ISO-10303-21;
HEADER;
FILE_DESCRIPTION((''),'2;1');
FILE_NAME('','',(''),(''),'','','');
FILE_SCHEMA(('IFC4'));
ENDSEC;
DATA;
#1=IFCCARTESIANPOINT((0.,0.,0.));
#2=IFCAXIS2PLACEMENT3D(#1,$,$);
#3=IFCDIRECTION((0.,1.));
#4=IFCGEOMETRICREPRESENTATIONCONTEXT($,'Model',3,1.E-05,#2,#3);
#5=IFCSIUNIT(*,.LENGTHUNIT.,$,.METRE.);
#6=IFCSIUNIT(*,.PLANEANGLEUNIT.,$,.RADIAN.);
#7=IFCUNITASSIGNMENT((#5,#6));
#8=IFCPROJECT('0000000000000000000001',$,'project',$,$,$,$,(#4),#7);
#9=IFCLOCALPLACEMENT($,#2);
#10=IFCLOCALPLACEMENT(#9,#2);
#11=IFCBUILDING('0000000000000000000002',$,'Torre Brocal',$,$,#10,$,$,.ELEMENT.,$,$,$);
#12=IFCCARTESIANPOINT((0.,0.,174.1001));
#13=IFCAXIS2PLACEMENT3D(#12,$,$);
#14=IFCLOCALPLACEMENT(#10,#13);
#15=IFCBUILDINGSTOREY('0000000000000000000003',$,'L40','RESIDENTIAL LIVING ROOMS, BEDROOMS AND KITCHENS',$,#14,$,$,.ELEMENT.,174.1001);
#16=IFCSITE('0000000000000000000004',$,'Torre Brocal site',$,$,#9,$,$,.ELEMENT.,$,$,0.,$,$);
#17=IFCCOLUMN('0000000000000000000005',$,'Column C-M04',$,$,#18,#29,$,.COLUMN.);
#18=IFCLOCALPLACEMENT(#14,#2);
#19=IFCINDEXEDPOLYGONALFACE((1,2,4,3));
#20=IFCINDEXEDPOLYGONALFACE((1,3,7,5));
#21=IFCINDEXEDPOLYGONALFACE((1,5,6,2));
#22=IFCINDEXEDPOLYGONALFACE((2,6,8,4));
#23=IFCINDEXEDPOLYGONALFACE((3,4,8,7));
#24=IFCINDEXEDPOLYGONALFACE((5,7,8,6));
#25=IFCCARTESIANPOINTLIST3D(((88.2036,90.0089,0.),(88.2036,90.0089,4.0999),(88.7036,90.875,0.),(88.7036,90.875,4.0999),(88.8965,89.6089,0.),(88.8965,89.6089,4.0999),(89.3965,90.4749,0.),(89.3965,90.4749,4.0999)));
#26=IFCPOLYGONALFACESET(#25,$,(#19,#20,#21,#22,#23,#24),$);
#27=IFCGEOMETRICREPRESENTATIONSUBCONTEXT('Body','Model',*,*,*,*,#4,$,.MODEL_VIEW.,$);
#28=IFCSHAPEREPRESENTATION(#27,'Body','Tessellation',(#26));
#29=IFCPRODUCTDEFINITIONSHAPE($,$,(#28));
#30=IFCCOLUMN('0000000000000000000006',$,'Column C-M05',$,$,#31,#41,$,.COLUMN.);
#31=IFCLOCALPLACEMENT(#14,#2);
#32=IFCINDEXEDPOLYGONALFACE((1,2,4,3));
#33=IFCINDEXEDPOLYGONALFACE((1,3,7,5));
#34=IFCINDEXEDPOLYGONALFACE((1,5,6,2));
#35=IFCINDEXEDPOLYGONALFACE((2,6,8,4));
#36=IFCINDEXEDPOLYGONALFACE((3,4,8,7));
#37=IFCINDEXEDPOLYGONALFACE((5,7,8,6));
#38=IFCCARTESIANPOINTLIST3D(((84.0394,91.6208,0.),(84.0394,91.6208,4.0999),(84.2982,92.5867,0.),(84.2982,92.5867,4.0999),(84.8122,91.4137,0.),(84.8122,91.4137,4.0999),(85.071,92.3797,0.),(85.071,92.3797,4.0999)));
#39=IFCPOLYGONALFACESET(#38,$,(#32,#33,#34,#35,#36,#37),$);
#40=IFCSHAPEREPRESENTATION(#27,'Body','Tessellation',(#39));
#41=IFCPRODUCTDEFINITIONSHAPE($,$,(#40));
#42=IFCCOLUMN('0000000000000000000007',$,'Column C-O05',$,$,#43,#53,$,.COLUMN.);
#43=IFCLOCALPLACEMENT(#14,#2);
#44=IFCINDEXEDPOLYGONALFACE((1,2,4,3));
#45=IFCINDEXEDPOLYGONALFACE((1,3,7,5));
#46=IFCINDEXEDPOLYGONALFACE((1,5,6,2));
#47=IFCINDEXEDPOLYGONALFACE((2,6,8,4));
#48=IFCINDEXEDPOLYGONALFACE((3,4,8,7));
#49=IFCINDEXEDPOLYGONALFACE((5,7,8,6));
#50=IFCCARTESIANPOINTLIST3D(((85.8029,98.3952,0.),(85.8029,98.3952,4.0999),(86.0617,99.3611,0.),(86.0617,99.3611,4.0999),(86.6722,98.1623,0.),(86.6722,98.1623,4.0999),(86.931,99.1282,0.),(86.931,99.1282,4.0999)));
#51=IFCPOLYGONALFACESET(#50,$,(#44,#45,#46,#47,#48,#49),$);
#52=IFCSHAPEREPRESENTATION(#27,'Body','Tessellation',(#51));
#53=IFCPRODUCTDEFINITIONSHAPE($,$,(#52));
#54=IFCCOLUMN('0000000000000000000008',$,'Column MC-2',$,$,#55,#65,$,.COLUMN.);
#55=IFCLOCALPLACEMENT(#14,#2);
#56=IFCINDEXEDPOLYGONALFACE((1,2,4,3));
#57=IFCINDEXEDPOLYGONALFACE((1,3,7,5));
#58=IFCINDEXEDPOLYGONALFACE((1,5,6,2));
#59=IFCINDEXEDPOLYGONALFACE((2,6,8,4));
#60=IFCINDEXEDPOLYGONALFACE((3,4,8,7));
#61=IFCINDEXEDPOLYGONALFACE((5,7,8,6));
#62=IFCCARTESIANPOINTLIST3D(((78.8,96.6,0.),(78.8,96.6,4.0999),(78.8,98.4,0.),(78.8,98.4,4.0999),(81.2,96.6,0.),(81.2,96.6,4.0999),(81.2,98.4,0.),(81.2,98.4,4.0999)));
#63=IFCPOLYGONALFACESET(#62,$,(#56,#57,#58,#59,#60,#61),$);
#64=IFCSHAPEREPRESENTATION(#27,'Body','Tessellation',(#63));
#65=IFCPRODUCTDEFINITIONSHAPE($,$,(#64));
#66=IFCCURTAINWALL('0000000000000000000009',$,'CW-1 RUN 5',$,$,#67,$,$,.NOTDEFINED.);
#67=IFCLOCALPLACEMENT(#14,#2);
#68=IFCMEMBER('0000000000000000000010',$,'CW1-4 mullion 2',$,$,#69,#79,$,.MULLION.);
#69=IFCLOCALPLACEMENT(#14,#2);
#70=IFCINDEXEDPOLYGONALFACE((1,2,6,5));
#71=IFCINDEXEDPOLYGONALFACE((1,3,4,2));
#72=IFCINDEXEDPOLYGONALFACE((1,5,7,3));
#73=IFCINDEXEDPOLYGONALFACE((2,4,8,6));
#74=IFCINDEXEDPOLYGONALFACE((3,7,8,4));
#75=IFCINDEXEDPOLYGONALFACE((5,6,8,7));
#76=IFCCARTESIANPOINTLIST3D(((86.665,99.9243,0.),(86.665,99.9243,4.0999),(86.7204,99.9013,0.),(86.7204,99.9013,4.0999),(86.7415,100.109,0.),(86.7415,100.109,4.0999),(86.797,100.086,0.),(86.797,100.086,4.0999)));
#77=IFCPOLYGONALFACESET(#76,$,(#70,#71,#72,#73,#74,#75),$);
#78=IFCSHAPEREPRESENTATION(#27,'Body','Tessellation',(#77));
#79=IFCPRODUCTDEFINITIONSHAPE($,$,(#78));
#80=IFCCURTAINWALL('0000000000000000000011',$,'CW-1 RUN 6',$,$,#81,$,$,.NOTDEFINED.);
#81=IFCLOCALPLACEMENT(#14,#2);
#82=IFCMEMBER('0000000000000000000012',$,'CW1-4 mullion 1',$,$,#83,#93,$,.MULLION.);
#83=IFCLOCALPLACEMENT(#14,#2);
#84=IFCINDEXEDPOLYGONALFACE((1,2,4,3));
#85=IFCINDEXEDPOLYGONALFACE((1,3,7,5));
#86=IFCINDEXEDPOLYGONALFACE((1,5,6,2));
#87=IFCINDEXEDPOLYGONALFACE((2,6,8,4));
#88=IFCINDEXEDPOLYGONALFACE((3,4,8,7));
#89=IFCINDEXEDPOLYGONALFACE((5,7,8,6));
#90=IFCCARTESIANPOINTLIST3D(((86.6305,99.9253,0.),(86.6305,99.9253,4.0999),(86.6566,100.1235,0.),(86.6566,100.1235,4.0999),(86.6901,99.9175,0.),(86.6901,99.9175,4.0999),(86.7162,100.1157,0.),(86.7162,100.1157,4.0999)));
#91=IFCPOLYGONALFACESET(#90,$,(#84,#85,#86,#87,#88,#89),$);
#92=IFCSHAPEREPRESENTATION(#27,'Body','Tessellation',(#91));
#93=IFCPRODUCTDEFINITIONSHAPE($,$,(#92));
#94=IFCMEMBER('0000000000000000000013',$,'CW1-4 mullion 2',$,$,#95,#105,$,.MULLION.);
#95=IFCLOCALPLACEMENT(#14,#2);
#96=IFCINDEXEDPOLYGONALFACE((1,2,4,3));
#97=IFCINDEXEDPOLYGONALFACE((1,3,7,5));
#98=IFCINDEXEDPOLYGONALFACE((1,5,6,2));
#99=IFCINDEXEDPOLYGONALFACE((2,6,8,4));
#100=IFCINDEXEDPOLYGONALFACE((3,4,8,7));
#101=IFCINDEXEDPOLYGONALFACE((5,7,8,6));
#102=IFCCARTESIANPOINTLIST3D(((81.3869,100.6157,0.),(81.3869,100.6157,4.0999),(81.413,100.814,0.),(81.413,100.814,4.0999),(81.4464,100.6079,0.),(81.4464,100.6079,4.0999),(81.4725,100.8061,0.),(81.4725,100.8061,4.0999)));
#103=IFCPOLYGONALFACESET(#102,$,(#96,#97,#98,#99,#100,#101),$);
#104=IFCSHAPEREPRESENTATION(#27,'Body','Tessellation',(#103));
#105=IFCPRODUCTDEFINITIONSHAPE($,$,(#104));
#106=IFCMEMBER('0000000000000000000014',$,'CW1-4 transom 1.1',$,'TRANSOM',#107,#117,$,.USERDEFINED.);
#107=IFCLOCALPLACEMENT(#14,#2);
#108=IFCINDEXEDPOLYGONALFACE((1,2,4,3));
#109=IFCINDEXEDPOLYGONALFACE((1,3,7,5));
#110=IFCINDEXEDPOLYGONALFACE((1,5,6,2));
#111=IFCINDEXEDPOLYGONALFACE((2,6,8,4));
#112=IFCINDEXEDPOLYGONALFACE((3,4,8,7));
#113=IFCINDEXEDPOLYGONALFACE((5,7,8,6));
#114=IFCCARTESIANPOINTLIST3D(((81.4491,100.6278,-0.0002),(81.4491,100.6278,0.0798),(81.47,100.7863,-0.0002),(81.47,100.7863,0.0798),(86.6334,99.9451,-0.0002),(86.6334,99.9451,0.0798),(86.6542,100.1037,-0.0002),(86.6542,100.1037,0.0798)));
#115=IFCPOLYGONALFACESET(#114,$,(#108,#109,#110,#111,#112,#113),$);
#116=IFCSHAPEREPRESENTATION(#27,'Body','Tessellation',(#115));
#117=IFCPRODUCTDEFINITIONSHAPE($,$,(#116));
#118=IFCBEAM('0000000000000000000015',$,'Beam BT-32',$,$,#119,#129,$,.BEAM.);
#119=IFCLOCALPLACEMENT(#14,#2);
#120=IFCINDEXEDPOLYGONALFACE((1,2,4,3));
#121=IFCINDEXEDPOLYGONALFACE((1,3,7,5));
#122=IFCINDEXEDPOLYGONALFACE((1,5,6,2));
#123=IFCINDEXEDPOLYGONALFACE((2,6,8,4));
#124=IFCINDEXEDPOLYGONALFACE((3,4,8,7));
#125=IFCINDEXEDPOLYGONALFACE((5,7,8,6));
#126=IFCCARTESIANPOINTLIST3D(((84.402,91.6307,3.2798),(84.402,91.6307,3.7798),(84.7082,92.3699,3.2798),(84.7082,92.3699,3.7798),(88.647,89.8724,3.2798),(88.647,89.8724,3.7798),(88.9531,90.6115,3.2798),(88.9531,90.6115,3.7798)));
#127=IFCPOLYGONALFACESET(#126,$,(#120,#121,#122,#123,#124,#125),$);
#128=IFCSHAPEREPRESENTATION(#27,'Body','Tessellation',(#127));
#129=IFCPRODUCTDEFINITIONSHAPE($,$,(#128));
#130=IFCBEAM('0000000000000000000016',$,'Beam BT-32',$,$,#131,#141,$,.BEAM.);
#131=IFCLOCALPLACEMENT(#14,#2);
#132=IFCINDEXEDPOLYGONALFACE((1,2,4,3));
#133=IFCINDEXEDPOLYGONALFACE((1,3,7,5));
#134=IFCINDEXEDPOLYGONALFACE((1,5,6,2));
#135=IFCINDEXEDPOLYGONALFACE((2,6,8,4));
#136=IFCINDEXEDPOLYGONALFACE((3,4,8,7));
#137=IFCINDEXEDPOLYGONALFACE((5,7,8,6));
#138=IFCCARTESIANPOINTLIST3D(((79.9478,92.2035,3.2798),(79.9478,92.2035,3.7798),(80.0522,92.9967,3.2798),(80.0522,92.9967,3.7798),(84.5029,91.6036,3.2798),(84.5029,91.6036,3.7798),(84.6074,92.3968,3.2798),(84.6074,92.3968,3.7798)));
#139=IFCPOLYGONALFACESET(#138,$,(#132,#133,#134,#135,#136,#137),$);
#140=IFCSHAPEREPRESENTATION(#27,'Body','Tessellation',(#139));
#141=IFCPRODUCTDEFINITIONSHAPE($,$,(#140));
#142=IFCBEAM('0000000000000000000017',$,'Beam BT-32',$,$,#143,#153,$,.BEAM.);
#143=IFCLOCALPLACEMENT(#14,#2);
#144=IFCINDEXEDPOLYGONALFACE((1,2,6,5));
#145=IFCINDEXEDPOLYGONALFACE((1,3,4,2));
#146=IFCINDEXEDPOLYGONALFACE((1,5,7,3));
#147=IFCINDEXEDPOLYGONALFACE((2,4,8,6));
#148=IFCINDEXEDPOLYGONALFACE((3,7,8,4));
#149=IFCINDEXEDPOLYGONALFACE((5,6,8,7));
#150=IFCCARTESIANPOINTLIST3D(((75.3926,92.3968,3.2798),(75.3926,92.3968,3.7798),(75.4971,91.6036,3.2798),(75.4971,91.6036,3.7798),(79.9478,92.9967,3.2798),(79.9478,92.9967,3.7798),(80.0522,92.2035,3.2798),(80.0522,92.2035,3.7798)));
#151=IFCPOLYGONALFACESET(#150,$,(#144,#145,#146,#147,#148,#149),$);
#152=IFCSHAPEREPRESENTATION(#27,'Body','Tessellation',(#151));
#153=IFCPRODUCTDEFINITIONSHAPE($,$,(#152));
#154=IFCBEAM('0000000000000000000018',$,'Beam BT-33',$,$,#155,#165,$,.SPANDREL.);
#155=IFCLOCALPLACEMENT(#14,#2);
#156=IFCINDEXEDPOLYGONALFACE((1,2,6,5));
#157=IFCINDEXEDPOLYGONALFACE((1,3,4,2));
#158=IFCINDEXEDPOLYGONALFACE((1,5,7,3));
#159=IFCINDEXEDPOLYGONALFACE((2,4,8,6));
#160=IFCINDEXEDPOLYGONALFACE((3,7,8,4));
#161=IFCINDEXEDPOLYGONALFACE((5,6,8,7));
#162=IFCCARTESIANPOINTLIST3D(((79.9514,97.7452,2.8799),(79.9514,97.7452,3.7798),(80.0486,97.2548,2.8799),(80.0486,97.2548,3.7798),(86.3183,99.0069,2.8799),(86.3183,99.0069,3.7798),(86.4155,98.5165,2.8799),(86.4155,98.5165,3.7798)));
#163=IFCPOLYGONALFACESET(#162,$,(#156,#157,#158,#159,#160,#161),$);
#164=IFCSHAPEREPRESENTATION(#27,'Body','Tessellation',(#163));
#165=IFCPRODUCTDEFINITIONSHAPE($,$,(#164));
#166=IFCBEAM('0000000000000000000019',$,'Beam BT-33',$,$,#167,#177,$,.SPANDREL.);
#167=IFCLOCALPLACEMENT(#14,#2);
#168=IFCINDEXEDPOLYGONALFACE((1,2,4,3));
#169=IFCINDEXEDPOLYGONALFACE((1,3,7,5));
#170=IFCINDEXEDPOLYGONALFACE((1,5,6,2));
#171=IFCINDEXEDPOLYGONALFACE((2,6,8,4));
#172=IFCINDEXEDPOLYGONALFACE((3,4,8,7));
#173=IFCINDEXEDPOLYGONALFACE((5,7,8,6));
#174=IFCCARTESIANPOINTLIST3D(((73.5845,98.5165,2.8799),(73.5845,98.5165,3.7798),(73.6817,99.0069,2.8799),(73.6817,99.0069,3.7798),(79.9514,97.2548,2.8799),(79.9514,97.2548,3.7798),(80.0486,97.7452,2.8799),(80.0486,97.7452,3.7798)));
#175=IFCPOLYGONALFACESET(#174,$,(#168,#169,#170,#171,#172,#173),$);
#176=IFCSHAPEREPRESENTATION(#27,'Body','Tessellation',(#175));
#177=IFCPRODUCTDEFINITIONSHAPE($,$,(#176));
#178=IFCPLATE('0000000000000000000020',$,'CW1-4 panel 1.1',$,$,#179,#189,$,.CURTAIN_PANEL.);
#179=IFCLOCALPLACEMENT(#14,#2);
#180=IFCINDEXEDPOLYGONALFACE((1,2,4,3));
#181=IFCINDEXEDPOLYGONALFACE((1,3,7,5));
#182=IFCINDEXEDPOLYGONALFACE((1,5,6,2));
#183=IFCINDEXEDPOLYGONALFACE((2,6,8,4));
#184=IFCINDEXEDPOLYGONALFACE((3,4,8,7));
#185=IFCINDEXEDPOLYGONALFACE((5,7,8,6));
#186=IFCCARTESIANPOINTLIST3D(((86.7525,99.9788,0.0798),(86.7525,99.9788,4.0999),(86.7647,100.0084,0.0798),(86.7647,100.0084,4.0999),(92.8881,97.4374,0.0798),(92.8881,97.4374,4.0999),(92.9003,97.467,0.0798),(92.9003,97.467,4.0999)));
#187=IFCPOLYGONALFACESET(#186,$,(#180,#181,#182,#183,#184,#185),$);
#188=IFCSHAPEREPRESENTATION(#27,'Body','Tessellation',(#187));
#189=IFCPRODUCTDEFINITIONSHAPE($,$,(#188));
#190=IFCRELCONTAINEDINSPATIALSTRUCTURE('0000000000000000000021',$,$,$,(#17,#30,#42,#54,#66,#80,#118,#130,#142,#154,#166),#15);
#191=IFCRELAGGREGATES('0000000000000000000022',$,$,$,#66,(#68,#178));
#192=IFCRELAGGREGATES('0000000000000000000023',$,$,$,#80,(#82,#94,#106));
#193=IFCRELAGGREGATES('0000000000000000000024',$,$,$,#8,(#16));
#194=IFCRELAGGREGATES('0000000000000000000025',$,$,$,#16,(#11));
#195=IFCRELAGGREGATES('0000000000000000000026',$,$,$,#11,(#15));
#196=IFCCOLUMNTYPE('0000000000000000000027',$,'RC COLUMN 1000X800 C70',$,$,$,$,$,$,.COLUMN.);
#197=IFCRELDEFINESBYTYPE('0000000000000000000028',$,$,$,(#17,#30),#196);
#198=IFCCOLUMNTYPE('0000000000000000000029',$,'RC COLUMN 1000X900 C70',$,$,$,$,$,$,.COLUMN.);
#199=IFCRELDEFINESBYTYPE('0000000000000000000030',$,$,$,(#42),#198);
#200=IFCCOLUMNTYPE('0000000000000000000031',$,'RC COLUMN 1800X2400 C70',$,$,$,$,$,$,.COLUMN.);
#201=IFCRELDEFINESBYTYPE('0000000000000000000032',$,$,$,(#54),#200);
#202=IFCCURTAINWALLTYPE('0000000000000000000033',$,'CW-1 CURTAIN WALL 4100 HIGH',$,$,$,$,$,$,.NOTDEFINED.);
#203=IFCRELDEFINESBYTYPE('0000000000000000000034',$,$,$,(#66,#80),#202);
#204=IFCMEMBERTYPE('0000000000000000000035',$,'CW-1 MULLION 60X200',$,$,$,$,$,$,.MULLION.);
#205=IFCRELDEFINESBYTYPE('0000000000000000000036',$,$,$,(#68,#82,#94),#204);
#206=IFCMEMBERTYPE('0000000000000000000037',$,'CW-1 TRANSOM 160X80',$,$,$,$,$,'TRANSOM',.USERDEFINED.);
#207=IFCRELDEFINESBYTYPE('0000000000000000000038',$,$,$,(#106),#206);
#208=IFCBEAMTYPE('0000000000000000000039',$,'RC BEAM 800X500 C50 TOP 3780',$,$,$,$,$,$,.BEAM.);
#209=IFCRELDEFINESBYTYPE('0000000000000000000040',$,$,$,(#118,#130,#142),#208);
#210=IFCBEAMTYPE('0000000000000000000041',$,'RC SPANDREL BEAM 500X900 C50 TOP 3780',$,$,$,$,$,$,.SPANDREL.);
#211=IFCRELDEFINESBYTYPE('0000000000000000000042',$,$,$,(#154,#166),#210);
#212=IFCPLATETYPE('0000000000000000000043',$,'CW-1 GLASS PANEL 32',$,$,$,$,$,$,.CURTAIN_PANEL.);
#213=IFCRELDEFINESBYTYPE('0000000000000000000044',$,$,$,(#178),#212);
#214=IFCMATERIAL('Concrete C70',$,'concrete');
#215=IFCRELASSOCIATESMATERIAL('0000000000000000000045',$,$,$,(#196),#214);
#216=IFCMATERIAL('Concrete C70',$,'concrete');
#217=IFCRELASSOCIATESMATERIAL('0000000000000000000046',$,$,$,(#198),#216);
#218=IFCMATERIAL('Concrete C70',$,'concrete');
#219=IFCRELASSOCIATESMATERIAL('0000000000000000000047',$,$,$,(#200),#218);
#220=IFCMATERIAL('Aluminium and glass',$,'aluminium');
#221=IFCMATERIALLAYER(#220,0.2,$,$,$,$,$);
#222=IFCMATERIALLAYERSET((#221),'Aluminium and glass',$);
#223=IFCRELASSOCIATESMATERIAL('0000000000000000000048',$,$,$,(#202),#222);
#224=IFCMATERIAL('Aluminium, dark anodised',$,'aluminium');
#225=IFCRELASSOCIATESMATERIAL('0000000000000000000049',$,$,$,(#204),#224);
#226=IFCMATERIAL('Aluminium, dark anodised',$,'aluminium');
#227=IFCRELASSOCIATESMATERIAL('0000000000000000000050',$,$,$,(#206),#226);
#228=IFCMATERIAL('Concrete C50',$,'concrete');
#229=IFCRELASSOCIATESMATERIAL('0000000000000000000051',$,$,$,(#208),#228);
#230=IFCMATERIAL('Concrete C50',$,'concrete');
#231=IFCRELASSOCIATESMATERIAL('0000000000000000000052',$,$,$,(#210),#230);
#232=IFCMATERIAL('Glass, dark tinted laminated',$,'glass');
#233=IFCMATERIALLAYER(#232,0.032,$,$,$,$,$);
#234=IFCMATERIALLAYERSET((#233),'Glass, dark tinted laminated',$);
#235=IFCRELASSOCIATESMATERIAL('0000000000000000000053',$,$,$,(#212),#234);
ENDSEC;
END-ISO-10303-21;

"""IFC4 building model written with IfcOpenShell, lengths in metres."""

from ifc_helpers import new_model, si_unit, direction, frame, origin, origin_2d, place, context, subcontext, project, spatial, rectangle, extrude, material, layer, layer_set, material_profile, profile_set, type_object, element, aggregate, save


model = new_model("IFC4")

# Units and contexts
model_context = context("Model", 3, precision=1e-05, world=origin(), true_north=direction((0.0, 1.0)))
body_context = subcontext(model_context, "Body", "Model", "MODEL_VIEW")
ifc_project = project(units=[si_unit("LENGTHUNIT", "METRE"), si_unit("PLANEANGLEUNIT", "RADIAN")], contexts=[model_context])

# Site, building, storey
site_placement = place(None, origin())
site = spatial("IfcSite", under=ifc_project, at=site_placement, Name="Torre Brocal site", CompositionType="ELEMENT", RefElevation=0.0)
building_placement = place(site_placement, origin())
building = spatial("IfcBuilding", under=site, at=building_placement, Name="Torre Brocal", CompositionType="ELEMENT")
storey_placement = place(building_placement, frame((0.0, 0.0, 174.1001)))
storey = spatial("IfcBuildingStorey", under=building, at=storey_placement, Name="L40", Description="RESIDENTIAL LIVING ROOMS, BEDROOMS AND KITCHENS", CompositionType="ELEMENT", Elevation=174.1001)

# Columns
ifc_material_1 = material(Name="Concrete C70", Category="concrete")
ifc_material_profile_1 = material_profile(ifc_material_1, rectangle(XDim=1.0, YDim=0.8, at=origin_2d()), Name="RC 1000X800")
ifc_profile_set_1 = profile_set([ifc_material_profile_1], Name="Concrete C70")
column_type_1 = type_object("IfcColumnType", Name="RC COLUMN 1000X800 C70", PredefinedType="COLUMN", material=ifc_profile_set_1)
for number, where, z_axis, x_axis, name in (
    (1, (88.8, 90.2419, 0.0), (0.0, 0.0, 1.0), (0.5, 0.866025, 0.0), "Column C-M04"),
    (2, (84.5552, 92.0002, 0.0), (0.0, 0.0, 1.0), (0.258819, 0.965926, 0.0), "Column C-M05"),
):
    element("IfcColumn", number, at=place(storey_placement, frame(where, z_axis=z_axis, x_axis=x_axis)), inside=storey, type_object=column_type_1, Name=name, PredefinedType="COLUMN", context=body_context, shape_type="SweptSolid", body=[
        extrude(rectangle(XDim=1.0, YDim=0.8, at=origin_2d()), origin(), (0.0, 0.0, 1.0), 4.0999),
    ])
ifc_material_2 = material(Name="Concrete C70", Category="concrete")
ifc_material_profile_2 = material_profile(ifc_material_2, rectangle(XDim=1.0, YDim=0.8999, at=origin_2d()), Name="RC 1000X900")
ifc_profile_set_2 = profile_set([ifc_material_profile_2], Name="Concrete C70")
column_type_2 = type_object("IfcColumnType", Name="RC COLUMN 1000X900 C70", PredefinedType="COLUMN", material=ifc_profile_set_2)
column_1_placement = place(storey_placement, frame((86.3669, 98.7617, 0.0), z_axis=(0.0, 0.0, 1.0), x_axis=(0.258819, 0.965926, 0.0)))
element("IfcColumn", 3, at=column_1_placement, inside=storey, type_object=column_type_2, Name="Column C-O05", PredefinedType="COLUMN", context=body_context, shape_type="SweptSolid", body=[
    extrude(rectangle(XDim=1.0, YDim=0.8999, at=origin_2d()), origin(), (0.0, 0.0, 1.0), 4.0999),
])
ifc_material_3 = material(Name="Concrete C70", Category="concrete")
ifc_material_profile_3 = material_profile(ifc_material_3, rectangle(XDim=1.8, YDim=2.3999, at=origin_2d()), Name="RC 1800X2400")
ifc_profile_set_3 = profile_set([ifc_material_profile_3], Name="Concrete C70")
column_type_3 = type_object("IfcColumnType", Name="RC COLUMN 1800X2400 C70", PredefinedType="COLUMN", material=ifc_profile_set_3)
column_2_placement = place(storey_placement, frame((80.0, 97.5, 0.0), z_axis=(0.0, 0.0, 1.0), x_axis=(0.0, 1.0, 0.0)))
element("IfcColumn", 4, at=column_2_placement, inside=storey, type_object=column_type_3, Name="Column MC-2", PredefinedType="COLUMN", context=body_context, shape_type="SweptSolid", body=[
    extrude(rectangle(XDim=1.8, YDim=2.3999, at=origin_2d()), origin(), (0.0, 0.0, 1.0), 4.0999),
])

# Curtain wall, member
ifc_material_4 = material(Name="Aluminium and glass", Category="aluminium")
ifc_layer_1 = layer(ifc_material_4, 0.2)
ifc_layer_set_1 = layer_set([ifc_layer_1], Name="Aluminium and glass")
curtain_wall_type = type_object("IfcCurtainWallType", Name="CW-1 CURTAIN WALL 4100 HIGH", PredefinedType="NOTDEFINED", material=ifc_layer_set_1)
curtain_wall_1_placement = place(storey_placement, origin())
curtain_wall_1 = element("IfcCurtainWall", 5, at=curtain_wall_1_placement, inside=storey, type_object=curtain_wall_type, Name="CW-1 RUN 5", PredefinedType="NOTDEFINED")
ifc_material_5 = material(Name="Aluminium, dark anodised", Category="aluminium")
ifc_material_profile_4 = material_profile(ifc_material_5, rectangle(XDim=0.2, YDim=0.0601, at=origin_2d()), Name="CW-1 MULLION 60X200")
ifc_profile_set_4 = profile_set([ifc_material_profile_4], Name="Aluminium, dark anodised")
member_type_1 = type_object("IfcMemberType", Name="CW-1 MULLION 60X200", PredefinedType="MULLION", material=ifc_profile_set_4)
member_1_placement = place(storey_placement, frame((86.731, 100.0051, 0.0), z_axis=(0.0, 0.0, 1.0), x_axis=(-0.382683, -0.92388, 0.0)))
member_1 = element("IfcMember", 6, at=member_1_placement, type_object=member_type_1, Name="CW1-4 mullion 2", PredefinedType="MULLION", context=body_context, shape_type="SweptSolid", body=[
    extrude(rectangle(XDim=0.2, YDim=0.0601, at=origin_2d()), origin(), (0.0, 0.0, 1.0), 4.0999),
])

# Curtain wall, members
curtain_wall_2_placement = place(storey_placement, origin())
curtain_wall_2 = element("IfcCurtainWall", 7, at=curtain_wall_2_placement, inside=storey, type_object=curtain_wall_type, Name="CW-1 RUN 6", PredefinedType="NOTDEFINED")
member_2_placement = place(storey_placement, frame((86.6733, 100.0205, 0.0), z_axis=(0.0, 0.0, 1.0), x_axis=(-0.130526, -0.991445, 0.0)))
member_2 = element("IfcMember", 8, at=member_2_placement, type_object=member_type_1, Name="CW1-4 mullion 1", PredefinedType="MULLION", context=body_context, shape_type="SweptSolid", body=[
    extrude(rectangle(XDim=0.2, YDim=0.0601, at=origin_2d()), origin(), (0.0, 0.0, 1.0), 4.0999),
])
member_3_placement = place(storey_placement, frame((81.4297, 100.7109, 0.0), z_axis=(0.0, 0.0, 1.0), x_axis=(-0.130526, -0.991445, 0.0)))
member_3 = element("IfcMember", 9, at=member_3_placement, type_object=member_type_1, Name="CW1-4 mullion 2", PredefinedType="MULLION", context=body_context, shape_type="SweptSolid", body=[
    extrude(rectangle(XDim=0.2, YDim=0.0601, at=origin_2d()), origin(), (0.0, 0.0, 1.0), 4.0999),
])
ifc_material_6 = material(Name="Aluminium, dark anodised", Category="aluminium")
ifc_material_profile_5 = material_profile(ifc_material_6, rectangle(XDim=0.1599, YDim=0.0801, at=origin_2d()), Name="CW-1 TRANSOM 160X80")
ifc_profile_set_5 = profile_set([ifc_material_profile_5], Name="Aluminium, dark anodised")
member_type_2 = type_object("IfcMemberType", Name="CW-1 TRANSOM 160X80", ElementType="TRANSOM", PredefinedType="USERDEFINED", material=ifc_profile_set_5)
member_4_placement = place(storey_placement, frame((86.6438, 100.0244, 0.0398), z_axis=(-0.991443, 0.130543, 0.0), x_axis=(-0.130543, -0.991443, 0.0)))
member_4 = element("IfcMember", 10, at=member_4_placement, type_object=member_type_2, Name="CW1-4 transom 1.1", ObjectType="TRANSOM", PredefinedType="USERDEFINED", context=body_context, shape_type="SweptSolid", body=[
    extrude(rectangle(XDim=0.1599, YDim=0.0801, at=origin_2d()), origin(), (0.0, 0.0, 1.0), 5.229),
])

# Beams
ifc_material_7 = material(Name="Concrete C50", Category="concrete")
ifc_material_profile_6 = material_profile(ifc_material_7, rectangle(XDim=0.8, YDim=0.5, at=origin_2d()), Name="RC 800X500")
ifc_profile_set_6 = profile_set([ifc_material_profile_6], Name="Concrete C50")
beam_type_1 = type_object("IfcBeamType", Name="RC BEAM 800X500 C50 TOP 3780", PredefinedType="BEAM", material=ifc_profile_set_6)
beam_placement = place(storey_placement, frame((88.8, 90.2419, 3.5298), z_axis=(-0.923878, 0.382687, 0.0), x_axis=(-0.382687, -0.923878, 0.0)))
element("IfcBeam", 11, at=beam_placement, inside=storey, type_object=beam_type_1, Name="Beam BT-32", PredefinedType="BEAM", context=body_context, shape_type="SweptSolid", body=[
    extrude(rectangle(XDim=0.8, YDim=0.5, at=origin_2d()), origin(), (0.0, 0.0, 1.0), 4.5947),
])
for number, where, z_axis, x_axis, name in (
    (12, (84.5552, 92.0002, 3.5298), (-0.991441, 0.130559, 0.0), (-0.130559, -0.991441, 0.0), "Beam BT-32"),
    (13, (80.0, 92.6001, 3.5298), (-0.991441, -0.130559, 0.0), (0.130559, -0.991441, 0.0), "Beam BT-32"),
):
    element("IfcBeam", number, at=place(storey_placement, frame(where, z_axis=z_axis, x_axis=x_axis)), inside=storey, type_object=beam_type_1, Name=name, PredefinedType="BEAM", context=body_context, shape_type="SweptSolid", body=[
        extrude(rectangle(XDim=0.8, YDim=0.5, at=origin_2d()), origin(), (0.0, 0.0, 1.0), 4.5945),
    ])
ifc_material_8 = material(Name="Concrete C50", Category="concrete")
ifc_material_profile_7 = material_profile(ifc_material_8, rectangle(XDim=0.5, YDim=0.8999, at=origin_2d()), Name="RC 500X900")
ifc_profile_set_7 = profile_set([ifc_material_profile_7], Name="Concrete C50")
beam_type_2 = type_object("IfcBeamType", Name="RC SPANDREL BEAM 500X900 C50 TOP 3780", PredefinedType="SPANDREL", material=ifc_profile_set_7)
for number, where, z_axis, x_axis, name in (
    (14, (86.3669, 98.7617, 3.3298), (-0.980925, -0.194387, 0.0), (0.194387, -0.980925, 0.0), "Beam BT-33"),
    (15, (80.0, 97.5, 3.3298), (-0.980925, 0.194387, 0.0), (-0.194387, -0.980925, 0.0), "Beam BT-33"),
):
    element("IfcBeam", number, at=place(storey_placement, frame(where, z_axis=z_axis, x_axis=x_axis)), inside=storey, type_object=beam_type_2, Name=name, PredefinedType="SPANDREL", context=body_context, shape_type="SweptSolid", body=[
        extrude(rectangle(XDim=0.5, YDim=0.8999, at=origin_2d()), origin(), (0.0, 0.0, 1.0), 6.4907),
    ])

# Plate
ifc_material_9 = material(Name="Glass, dark tinted laminated", Category="glass")
ifc_layer_2 = layer(ifc_material_9, 0.032)
ifc_layer_set_2 = layer_set([ifc_layer_2], Name="Glass, dark tinted laminated")
plate_type = type_object("IfcPlateType", Name="CW-1 GLASS PANEL 32", PredefinedType="CURTAIN_PANEL", material=ifc_layer_set_2)
plate_1_placement = place(storey_placement, frame((89.8264, 98.7229, 0.0798), z_axis=(0.0, 0.0, 1.0), x_axis=(-0.92388, 0.382683, 0.0)))
plate_1 = element("IfcPlate", 16, at=plate_1_placement, type_object=plate_type, Name="CW1-4 panel 1.1", PredefinedType="CURTAIN_PANEL", context=body_context, shape_type="SweptSolid", body=[
    extrude(rectangle(XDim=6.6411, YDim=0.032, at=origin_2d()), origin(), (0.0, 0.0, 1.0), 4.02),
])
aggregate(curtain_wall_1, [member_1, plate_1])
aggregate(curtain_wall_2, [member_2, member_3, member_4])

save(model, "model.ifc")
